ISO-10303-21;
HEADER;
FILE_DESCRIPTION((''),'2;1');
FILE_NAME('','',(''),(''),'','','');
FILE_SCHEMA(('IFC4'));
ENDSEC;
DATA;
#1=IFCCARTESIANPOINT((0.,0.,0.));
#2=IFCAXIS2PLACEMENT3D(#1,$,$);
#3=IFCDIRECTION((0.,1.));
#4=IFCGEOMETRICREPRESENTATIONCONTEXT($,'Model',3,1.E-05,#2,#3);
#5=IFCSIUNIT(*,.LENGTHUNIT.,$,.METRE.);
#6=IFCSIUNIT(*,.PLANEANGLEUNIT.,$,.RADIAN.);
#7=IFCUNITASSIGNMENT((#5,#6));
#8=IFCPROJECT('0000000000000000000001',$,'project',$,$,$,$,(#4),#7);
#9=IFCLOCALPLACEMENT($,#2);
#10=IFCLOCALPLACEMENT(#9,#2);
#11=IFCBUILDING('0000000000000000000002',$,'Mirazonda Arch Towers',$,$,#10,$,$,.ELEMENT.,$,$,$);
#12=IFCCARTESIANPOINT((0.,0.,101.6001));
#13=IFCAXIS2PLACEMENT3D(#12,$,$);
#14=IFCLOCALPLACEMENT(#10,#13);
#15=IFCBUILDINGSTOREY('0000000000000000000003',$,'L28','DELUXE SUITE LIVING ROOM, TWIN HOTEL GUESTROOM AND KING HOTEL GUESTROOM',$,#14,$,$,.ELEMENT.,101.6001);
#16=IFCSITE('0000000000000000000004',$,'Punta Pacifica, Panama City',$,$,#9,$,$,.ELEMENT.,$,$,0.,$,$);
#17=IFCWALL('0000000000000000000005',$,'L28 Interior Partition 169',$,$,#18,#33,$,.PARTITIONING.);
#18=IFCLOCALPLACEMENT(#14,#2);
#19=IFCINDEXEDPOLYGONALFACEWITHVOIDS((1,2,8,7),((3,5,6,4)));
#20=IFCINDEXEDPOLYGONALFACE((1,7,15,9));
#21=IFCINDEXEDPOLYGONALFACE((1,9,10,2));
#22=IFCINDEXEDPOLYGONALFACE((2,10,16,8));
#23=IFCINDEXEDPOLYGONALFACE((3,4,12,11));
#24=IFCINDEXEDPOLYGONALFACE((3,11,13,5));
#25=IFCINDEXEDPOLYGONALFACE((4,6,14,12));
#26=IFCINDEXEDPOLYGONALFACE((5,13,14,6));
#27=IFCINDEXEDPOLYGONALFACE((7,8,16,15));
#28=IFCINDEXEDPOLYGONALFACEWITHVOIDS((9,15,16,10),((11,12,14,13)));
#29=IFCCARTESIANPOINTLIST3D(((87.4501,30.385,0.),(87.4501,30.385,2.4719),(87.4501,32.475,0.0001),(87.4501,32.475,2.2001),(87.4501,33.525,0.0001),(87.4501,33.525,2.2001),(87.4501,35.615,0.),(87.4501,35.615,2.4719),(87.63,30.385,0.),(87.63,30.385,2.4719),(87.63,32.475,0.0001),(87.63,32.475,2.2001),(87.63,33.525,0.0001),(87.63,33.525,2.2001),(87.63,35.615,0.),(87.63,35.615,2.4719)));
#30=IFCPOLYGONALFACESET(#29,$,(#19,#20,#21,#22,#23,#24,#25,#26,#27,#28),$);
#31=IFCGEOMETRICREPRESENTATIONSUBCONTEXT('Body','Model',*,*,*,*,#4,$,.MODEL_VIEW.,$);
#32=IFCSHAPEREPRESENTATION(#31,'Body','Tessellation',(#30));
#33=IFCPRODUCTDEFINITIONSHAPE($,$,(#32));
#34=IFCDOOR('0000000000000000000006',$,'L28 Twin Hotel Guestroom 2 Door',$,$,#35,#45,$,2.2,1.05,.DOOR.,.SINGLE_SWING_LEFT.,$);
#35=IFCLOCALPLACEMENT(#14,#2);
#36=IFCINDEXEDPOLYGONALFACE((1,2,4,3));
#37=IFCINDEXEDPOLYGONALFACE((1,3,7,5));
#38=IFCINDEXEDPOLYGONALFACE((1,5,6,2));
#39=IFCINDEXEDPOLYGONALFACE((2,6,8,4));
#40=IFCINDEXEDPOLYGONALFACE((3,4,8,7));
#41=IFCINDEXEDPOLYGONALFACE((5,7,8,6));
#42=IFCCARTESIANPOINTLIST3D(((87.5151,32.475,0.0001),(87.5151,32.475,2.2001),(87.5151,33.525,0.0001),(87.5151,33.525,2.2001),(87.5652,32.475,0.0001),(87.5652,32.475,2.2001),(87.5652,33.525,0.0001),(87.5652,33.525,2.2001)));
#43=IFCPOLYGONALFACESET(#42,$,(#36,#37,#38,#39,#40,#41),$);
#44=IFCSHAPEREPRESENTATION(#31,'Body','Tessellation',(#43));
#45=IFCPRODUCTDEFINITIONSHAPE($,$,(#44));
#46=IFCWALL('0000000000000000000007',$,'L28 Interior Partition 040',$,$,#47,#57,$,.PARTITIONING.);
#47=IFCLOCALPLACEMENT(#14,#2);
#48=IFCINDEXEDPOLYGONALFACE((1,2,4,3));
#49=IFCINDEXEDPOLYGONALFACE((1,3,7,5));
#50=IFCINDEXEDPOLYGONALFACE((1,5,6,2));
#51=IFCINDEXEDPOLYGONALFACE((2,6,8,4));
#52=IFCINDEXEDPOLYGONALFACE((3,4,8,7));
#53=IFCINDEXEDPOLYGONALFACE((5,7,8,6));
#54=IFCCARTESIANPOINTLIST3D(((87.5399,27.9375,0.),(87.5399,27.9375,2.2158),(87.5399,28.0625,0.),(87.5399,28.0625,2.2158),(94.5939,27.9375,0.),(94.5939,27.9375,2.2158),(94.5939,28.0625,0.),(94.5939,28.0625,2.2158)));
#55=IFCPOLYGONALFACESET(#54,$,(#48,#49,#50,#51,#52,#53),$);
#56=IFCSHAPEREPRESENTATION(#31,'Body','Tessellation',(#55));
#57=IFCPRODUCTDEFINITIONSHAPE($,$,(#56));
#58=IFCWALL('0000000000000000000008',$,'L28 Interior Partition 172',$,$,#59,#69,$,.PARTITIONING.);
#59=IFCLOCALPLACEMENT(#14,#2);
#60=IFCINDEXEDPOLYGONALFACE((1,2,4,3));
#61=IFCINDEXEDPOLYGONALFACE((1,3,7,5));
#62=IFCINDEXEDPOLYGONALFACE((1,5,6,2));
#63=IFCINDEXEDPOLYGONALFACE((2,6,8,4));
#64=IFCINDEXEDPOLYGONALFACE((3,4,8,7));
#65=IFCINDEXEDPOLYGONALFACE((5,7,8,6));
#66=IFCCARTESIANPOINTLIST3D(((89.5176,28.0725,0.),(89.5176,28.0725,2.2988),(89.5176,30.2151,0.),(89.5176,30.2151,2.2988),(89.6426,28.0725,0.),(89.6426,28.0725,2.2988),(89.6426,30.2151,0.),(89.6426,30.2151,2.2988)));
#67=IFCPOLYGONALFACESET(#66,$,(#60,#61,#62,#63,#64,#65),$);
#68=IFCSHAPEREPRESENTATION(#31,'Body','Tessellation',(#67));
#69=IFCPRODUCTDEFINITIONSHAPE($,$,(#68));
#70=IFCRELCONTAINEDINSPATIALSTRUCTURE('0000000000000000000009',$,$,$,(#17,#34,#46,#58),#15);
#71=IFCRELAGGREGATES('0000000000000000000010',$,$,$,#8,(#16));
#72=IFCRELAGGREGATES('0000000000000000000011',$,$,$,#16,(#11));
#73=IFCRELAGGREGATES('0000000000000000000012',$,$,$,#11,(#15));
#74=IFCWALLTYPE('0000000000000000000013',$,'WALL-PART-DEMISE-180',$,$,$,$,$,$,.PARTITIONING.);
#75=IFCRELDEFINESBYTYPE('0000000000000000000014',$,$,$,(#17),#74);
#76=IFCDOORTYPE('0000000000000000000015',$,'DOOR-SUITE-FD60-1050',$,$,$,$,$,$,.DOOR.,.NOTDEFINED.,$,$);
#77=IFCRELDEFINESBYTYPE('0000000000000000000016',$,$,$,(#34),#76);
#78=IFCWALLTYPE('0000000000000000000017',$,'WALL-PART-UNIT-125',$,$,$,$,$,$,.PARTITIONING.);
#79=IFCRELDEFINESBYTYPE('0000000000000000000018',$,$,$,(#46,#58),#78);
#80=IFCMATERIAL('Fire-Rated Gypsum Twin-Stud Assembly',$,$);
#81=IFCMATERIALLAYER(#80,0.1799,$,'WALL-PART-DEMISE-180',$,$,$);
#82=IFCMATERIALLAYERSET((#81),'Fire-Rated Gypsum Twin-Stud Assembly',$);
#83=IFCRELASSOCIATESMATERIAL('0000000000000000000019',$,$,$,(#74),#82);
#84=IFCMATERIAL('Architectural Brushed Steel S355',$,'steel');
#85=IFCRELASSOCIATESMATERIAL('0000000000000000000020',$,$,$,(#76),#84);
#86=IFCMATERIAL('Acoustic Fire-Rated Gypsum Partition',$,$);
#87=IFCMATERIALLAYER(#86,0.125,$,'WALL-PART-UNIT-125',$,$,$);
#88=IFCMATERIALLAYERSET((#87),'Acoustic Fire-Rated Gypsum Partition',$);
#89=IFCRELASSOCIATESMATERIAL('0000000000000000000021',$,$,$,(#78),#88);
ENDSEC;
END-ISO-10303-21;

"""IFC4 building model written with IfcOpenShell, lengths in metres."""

from ifc_helpers import new_model, si_unit, direction, frame, frame_2d, origin, place, context, subcontext, project, spatial, rectangle, extrude, material, layer, layer_set, type_object, element, fill, save


model = new_model("IFC4")

# Units and contexts
model_context = context("Model", 3, precision=1e-05, world=origin(), true_north=direction((0.0, 1.0)))
body_context = subcontext(model_context, "Body", "Model", "MODEL_VIEW")
ifc_project = project(units=[si_unit("LENGTHUNIT", "METRE"), si_unit("PLANEANGLEUNIT", "RADIAN")], contexts=[model_context])

# Site, building, storey
site_placement = place(None, origin())
site = spatial("IfcSite", under=ifc_project, at=site_placement, Name="Punta Pacifica, Panama City", CompositionType="ELEMENT", RefElevation=0.0)
building_placement = place(site_placement, origin())
building = spatial("IfcBuilding", under=site, at=building_placement, Name="Mirazonda Arch Towers", CompositionType="ELEMENT")
storey_placement = place(building_placement, frame((0.0, 0.0, 101.6001)))
storey = spatial("IfcBuildingStorey", under=building, at=storey_placement, Name="L28", Description="DELUXE SUITE LIVING ROOM, TWIN HOTEL GUESTROOM AND KING HOTEL GUESTROOM", CompositionType="ELEMENT", Elevation=101.6001)

# Shared definitions
ifc_material_1 = material(Name="Architectural Brushed Steel S355", Category="steel")

# Shared definitions
ifc_material_2 = material(Name="Fire-Rated Gypsum Twin-Stud Assembly")
ifc_layer_1 = layer(ifc_material_2, 0.1799, Name="WALL-PART-DEMISE-180")
ifc_layer_set_1 = layer_set([ifc_layer_1], Name="Fire-Rated Gypsum Twin-Stud Assembly")
wall_type_1 = type_object("IfcWallType", Name="WALL-PART-DEMISE-180", PredefinedType="PARTITIONING", material=ifc_layer_set_1)

# Wall, opening, door
wall_1_placement = place(storey_placement, frame((87.54, 30.385, 0.0), z_axis=(0.0, 0.0, 1.0), x_axis=(0.0, 1.0, 0.0)))
wall_1 = element("IfcWall", 1, at=wall_1_placement, inside=storey, type_object=wall_type_1, Name="L28 Interior Partition 169", PredefinedType="PARTITIONING", context=body_context, shape_type="SweptSolid", body=[
    extrude(rectangle(XDim=5.23, YDim=0.1799, at=frame_2d((2.615, 0.0))), origin(), (0.0, 0.0, 1.0), 2.4719),
])
opening_1_placement = place(wall_1_placement, frame((2.0901, 0.0, 0.0)))
opening_1 = element("IfcOpeningElement", 2, at=opening_1_placement, cuts=wall_1, PredefinedType="OPENING", context=body_context, shape_type="SweptSolid", body=[
    extrude(rectangle(XDim=1.05, YDim=2.2, at=frame_2d((0.5249, 1.1001))), frame((0.0, 0.0999, 0.0), z_axis=(0.0, -1.0, 0.0), x_axis=(1.0, 0.0, 0.0)), (0.0, 0.0, 1.0), 0.2),
])
door_type_1 = type_object("IfcDoorType", Name="DOOR-SUITE-FD60-1050", OperationType="NOTDEFINED", PredefinedType="DOOR", material=ifc_material_1)
door_1_placement = place(opening_1_placement, origin())
door_1 = element("IfcDoor", 3, at=door_1_placement, inside=storey, type_object=door_type_1, Name="L28 Twin Hotel Guestroom 2 Door", OperationType="SINGLE_SWING_LEFT", OverallHeight=2.2, OverallWidth=1.05, PredefinedType="DOOR", context=body_context, shape_type="SweptSolid", body=[
    extrude(rectangle(XDim=1.05, YDim=2.2, at=frame_2d((0.5249, 1.1001))), frame((0.0, 0.0249, 0.0), z_axis=(0.0, -1.0, 0.0), x_axis=(1.0, 0.0, 0.0)), (0.0, 0.0, 1.0), 0.05),
])
fill(opening_1, door_1)

# Walls
ifc_material_3 = material(Name="Acoustic Fire-Rated Gypsum Partition")
ifc_layer_2 = layer(ifc_material_3, 0.125, Name="WALL-PART-UNIT-125")
ifc_layer_set_2 = layer_set([ifc_layer_2], Name="Acoustic Fire-Rated Gypsum Partition")
wall_type_2 = type_object("IfcWallType", Name="WALL-PART-UNIT-125", PredefinedType="PARTITIONING", material=ifc_layer_set_2)
wall_2_placement = place(storey_placement, frame((87.54, 28.0, 0.0), z_axis=(0.0, 0.0, 1.0), x_axis=(1.0, 0.0, 0.0)))
element("IfcWall", 4, at=wall_2_placement, inside=storey, type_object=wall_type_2, Name="L28 Interior Partition 040", PredefinedType="PARTITIONING", context=body_context, shape_type="SweptSolid", body=[
    extrude(rectangle(XDim=7.054, YDim=0.125, at=frame_2d((3.5269, 0.0))), origin(), (0.0, 0.0, 1.0), 2.2158),
])
wall_3_placement = place(storey_placement, frame((89.5801, 28.0725, 0.0), z_axis=(0.0, 0.0, 1.0), x_axis=(0.0, 1.0, 0.0)))
element("IfcWall", 5, at=wall_3_placement, inside=storey, type_object=wall_type_2, Name="L28 Interior Partition 172", PredefinedType="PARTITIONING", context=body_context, shape_type="SweptSolid", body=[
    extrude(rectangle(XDim=2.1426, YDim=0.125, at=frame_2d((1.0713, 0.0))), origin(), (0.0, 0.0, 1.0), 2.2988),
])

save(model, "model.ifc")
